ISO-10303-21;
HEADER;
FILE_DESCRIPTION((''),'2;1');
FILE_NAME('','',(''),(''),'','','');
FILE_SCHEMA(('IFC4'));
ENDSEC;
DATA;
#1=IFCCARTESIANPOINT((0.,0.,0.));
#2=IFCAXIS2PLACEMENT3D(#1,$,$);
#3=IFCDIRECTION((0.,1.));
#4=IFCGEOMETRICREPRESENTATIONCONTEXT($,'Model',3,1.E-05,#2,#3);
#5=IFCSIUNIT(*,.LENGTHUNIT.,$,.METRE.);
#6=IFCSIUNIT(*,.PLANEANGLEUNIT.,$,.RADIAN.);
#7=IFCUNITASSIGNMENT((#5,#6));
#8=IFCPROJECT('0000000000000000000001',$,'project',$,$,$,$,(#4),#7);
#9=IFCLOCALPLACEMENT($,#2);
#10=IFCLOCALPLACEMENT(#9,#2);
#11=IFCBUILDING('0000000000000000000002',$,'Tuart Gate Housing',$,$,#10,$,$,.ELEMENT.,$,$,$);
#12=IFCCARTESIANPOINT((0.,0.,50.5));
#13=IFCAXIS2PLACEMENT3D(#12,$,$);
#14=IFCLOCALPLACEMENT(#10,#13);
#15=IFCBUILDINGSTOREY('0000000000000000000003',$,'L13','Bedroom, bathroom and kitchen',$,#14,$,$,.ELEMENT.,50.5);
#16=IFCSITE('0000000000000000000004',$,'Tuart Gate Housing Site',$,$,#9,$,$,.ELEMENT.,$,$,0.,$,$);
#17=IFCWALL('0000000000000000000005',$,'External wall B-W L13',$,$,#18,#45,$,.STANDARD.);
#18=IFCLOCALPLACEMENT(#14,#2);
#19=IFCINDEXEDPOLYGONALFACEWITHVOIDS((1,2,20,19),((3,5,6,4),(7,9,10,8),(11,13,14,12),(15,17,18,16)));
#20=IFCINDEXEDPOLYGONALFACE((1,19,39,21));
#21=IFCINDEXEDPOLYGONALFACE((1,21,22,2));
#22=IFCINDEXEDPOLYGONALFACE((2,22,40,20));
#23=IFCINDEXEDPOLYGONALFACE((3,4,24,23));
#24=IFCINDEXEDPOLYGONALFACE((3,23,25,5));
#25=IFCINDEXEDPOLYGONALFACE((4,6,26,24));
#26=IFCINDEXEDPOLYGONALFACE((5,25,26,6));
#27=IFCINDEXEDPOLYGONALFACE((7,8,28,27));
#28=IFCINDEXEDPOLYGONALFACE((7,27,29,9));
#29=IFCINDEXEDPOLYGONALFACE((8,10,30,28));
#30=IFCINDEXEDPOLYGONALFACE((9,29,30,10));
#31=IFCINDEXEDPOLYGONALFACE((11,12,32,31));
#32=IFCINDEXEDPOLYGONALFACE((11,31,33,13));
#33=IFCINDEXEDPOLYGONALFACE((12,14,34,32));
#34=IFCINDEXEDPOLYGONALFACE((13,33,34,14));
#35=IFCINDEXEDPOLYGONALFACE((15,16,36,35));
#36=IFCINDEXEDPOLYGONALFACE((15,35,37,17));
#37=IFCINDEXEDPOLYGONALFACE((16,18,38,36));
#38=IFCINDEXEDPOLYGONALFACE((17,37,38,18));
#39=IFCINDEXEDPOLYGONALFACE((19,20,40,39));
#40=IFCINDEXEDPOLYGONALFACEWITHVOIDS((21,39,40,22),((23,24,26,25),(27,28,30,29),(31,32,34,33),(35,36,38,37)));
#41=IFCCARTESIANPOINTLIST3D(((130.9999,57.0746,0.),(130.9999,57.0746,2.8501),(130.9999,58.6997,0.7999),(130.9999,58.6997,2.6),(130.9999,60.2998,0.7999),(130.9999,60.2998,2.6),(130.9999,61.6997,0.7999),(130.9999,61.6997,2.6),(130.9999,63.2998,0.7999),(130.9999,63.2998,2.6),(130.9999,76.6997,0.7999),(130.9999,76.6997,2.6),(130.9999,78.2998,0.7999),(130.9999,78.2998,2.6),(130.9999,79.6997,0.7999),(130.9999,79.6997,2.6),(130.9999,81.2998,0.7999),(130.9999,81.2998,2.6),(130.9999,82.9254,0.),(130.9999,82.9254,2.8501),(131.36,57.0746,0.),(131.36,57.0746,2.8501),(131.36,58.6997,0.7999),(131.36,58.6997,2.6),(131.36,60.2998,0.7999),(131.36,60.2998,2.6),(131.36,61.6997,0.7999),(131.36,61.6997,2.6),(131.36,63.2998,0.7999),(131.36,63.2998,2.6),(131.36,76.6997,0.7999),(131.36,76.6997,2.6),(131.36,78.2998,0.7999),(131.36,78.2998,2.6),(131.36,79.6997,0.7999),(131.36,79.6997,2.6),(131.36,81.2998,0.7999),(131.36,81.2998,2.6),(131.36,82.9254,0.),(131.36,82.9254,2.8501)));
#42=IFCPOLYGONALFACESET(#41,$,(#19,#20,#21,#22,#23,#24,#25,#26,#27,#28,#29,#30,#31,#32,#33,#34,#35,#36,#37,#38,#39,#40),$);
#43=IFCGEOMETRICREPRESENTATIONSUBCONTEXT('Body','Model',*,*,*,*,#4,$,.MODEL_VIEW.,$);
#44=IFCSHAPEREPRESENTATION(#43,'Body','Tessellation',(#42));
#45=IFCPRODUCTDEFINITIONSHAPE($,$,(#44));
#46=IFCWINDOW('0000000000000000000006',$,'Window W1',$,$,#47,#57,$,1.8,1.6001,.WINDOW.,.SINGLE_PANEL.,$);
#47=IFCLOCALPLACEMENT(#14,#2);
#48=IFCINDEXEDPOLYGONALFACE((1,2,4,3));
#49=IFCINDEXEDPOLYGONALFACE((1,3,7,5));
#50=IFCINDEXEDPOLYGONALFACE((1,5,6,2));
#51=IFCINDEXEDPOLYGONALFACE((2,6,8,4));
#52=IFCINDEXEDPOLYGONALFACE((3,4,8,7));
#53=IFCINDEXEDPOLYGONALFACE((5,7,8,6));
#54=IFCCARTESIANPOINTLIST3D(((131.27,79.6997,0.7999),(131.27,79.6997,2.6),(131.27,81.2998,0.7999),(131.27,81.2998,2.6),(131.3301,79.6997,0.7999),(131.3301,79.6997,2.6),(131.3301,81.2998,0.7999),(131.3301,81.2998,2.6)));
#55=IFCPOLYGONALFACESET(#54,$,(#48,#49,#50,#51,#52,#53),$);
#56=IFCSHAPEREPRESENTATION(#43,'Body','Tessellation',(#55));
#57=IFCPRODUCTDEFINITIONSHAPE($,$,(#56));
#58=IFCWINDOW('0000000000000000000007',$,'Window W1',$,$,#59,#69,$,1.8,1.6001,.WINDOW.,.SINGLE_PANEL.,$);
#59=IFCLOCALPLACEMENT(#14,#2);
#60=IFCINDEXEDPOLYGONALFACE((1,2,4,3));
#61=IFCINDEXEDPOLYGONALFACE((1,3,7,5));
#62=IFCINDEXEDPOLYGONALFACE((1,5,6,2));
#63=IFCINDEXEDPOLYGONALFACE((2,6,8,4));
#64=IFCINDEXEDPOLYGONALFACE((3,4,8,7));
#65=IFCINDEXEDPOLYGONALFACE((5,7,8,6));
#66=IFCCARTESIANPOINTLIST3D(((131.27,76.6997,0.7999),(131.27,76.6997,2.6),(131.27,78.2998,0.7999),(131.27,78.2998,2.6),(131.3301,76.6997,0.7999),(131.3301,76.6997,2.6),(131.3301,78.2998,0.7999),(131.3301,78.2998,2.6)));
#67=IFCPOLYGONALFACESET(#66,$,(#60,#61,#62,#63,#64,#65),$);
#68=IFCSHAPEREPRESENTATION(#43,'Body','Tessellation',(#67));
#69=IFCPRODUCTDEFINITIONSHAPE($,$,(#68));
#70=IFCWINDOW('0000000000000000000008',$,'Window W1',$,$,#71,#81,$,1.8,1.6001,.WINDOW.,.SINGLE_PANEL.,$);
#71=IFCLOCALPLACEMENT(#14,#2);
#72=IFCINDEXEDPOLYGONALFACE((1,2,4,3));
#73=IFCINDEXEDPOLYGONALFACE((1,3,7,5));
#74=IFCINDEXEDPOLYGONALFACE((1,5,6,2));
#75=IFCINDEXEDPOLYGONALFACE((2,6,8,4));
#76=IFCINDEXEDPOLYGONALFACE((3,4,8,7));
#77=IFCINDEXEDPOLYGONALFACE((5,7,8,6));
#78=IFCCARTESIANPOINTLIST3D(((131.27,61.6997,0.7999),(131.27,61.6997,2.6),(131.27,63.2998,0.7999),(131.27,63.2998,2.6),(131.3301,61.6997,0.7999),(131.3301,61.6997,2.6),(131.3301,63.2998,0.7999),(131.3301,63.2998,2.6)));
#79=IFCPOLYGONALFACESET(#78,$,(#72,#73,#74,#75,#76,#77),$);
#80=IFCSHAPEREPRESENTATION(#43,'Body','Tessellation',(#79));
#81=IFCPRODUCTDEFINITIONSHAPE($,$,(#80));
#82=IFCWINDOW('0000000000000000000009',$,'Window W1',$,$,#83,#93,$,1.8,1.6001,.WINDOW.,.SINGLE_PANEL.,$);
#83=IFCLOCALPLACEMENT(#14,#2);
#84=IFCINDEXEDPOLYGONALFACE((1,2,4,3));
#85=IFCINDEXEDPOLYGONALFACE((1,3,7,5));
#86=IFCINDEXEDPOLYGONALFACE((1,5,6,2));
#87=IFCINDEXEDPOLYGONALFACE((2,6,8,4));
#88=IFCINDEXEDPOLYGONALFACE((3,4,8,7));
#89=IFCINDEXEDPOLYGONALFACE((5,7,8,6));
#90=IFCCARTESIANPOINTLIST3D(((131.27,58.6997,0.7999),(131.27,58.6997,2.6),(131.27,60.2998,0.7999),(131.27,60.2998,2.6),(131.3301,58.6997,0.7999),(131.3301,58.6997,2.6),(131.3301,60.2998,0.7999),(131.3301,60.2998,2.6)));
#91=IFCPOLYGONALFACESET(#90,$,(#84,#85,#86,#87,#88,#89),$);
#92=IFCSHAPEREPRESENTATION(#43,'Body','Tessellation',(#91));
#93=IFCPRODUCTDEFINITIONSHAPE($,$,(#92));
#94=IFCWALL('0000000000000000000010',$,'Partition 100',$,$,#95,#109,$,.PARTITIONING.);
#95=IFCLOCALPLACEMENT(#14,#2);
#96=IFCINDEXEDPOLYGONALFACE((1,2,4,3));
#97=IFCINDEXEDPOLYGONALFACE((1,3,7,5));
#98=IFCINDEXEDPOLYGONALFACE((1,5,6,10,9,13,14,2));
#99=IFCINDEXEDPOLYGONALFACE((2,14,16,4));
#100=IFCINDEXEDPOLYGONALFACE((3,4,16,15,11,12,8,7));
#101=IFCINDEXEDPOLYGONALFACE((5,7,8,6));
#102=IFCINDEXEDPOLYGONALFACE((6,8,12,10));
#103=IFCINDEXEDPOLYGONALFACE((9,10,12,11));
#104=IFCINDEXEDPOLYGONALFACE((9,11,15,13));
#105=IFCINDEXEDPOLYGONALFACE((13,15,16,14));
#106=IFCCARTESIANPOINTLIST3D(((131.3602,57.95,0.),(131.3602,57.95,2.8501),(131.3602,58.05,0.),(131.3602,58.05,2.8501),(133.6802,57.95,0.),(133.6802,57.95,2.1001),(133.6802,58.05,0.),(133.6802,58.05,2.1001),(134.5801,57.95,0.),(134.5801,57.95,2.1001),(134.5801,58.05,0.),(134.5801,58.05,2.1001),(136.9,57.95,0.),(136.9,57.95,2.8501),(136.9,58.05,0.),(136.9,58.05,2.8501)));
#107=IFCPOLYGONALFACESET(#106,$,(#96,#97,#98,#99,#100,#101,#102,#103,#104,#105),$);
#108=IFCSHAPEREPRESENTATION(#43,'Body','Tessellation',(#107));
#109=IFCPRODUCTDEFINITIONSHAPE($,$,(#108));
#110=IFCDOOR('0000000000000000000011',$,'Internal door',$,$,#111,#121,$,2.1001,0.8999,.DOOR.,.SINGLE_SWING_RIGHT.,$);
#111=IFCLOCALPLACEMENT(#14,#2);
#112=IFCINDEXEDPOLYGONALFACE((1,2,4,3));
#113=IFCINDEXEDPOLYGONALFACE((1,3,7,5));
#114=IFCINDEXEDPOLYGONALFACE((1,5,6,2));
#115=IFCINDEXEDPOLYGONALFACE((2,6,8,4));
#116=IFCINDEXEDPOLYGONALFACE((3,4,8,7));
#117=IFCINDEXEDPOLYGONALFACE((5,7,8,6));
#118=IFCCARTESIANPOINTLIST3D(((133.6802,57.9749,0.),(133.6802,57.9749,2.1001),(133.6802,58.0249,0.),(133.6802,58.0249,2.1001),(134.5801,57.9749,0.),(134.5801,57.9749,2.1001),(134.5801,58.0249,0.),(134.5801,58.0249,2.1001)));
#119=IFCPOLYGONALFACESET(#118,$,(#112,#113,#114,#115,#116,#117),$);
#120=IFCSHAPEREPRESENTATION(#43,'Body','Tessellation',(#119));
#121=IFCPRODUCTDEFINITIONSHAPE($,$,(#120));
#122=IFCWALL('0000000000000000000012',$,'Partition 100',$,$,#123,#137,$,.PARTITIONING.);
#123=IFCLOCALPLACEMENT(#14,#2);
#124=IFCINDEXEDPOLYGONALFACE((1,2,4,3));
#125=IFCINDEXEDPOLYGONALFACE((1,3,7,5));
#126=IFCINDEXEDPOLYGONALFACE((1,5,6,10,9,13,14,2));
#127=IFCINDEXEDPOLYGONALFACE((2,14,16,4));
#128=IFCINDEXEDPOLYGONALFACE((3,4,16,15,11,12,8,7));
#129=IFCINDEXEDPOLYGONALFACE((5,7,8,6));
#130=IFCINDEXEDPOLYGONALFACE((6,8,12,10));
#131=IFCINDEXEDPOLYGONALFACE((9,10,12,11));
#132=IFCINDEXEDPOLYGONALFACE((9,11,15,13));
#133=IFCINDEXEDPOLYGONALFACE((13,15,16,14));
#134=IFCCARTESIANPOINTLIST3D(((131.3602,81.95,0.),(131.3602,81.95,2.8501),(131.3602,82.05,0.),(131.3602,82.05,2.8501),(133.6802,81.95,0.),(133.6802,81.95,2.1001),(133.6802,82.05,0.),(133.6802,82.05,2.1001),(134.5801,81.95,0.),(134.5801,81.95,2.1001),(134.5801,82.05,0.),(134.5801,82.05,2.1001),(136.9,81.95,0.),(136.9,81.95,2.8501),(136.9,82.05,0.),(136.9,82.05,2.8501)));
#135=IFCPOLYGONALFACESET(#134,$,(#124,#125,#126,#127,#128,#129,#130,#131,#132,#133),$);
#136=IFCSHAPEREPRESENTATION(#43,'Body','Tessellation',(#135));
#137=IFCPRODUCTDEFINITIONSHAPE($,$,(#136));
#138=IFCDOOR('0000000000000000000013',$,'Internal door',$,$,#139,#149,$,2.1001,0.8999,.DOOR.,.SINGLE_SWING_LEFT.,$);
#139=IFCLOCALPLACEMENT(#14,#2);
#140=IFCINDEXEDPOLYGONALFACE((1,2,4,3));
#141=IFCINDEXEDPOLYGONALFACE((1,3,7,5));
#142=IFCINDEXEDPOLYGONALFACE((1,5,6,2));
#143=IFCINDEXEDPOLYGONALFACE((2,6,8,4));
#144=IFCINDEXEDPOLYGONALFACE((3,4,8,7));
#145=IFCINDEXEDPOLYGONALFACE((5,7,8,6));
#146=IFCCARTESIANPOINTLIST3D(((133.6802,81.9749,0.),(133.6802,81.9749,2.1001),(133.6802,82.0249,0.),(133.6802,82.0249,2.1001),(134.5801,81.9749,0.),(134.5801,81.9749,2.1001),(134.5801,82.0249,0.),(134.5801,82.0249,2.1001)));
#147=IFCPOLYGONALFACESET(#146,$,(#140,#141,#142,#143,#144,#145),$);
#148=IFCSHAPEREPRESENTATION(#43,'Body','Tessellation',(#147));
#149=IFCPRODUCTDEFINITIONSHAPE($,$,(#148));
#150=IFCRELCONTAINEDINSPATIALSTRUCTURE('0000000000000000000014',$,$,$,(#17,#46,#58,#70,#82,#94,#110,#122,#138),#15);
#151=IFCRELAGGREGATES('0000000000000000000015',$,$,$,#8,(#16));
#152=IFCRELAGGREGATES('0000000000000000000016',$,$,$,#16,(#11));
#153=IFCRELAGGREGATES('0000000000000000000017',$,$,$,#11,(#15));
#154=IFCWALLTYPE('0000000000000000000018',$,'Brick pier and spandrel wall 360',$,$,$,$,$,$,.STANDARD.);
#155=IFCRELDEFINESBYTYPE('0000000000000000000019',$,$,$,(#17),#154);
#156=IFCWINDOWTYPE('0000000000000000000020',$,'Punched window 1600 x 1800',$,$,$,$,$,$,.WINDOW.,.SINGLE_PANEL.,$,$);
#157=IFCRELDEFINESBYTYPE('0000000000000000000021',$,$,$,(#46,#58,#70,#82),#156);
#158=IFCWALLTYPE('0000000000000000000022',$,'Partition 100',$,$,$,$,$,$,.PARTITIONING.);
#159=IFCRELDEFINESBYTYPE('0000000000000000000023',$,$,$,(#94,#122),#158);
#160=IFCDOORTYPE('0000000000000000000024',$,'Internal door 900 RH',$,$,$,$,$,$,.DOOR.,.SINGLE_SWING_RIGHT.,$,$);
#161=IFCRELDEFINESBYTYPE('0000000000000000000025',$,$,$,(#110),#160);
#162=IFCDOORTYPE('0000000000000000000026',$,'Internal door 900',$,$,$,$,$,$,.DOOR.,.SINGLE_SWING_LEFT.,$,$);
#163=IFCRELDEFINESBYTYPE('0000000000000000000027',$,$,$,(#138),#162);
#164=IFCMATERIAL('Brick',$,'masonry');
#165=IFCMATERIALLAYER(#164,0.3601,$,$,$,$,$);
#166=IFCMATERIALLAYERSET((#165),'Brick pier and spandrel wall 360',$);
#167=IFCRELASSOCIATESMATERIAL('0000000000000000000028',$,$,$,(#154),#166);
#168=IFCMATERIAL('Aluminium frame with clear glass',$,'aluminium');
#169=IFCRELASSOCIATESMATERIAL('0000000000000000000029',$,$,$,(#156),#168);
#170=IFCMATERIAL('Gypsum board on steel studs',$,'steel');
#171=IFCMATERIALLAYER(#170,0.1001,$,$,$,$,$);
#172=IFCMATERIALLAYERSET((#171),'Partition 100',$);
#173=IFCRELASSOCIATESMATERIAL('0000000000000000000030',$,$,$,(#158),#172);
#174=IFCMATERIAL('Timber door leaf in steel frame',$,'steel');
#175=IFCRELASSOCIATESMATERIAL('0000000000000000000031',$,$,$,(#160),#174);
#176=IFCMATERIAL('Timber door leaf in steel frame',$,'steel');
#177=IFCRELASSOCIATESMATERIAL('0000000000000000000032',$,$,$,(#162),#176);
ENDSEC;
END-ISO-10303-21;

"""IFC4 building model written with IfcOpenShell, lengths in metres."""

from ifc_helpers import new_model, si_unit, direction, frame, frame_2d, origin, place, context, subcontext, project, spatial, rectangle, extrude, material, layer, layer_set, type_object, element, fill, save


model = new_model("IFC4")

# Units and contexts
model_context = context("Model", 3, precision=1e-05, world=origin(), true_north=direction((0.0, 1.0)))
body_context = subcontext(model_context, "Body", "Model", "MODEL_VIEW")
ifc_project = project(units=[si_unit("LENGTHUNIT", "METRE"), si_unit("PLANEANGLEUNIT", "RADIAN")], contexts=[model_context])

# Site, building, storey
site_placement = place(None, origin())
site = spatial("IfcSite", under=ifc_project, at=site_placement, Name="Tuart Gate Housing Site", CompositionType="ELEMENT", RefElevation=0.0)
building_placement = place(site_placement, origin())
building = spatial("IfcBuilding", under=site, at=building_placement, Name="Tuart Gate Housing", CompositionType="ELEMENT")
storey_placement = place(building_placement, frame((0.0, 0.0, 50.5)))
storey = spatial("IfcBuildingStorey", under=building, at=storey_placement, Name="L13", Description="Bedroom, bathroom and kitchen", CompositionType="ELEMENT", Elevation=50.5)

# Shared definitions
ifc_material_1 = material(Name="Brick", Category="masonry")
ifc_layer_1 = layer(ifc_material_1, 0.3601)
ifc_layer_set_1 = layer_set([ifc_layer_1], Name="Brick pier and spandrel wall 360")
wall_type_1 = type_object("IfcWallType", Name="Brick pier and spandrel wall 360", PredefinedType="STANDARD", material=ifc_layer_set_1)
ifc_material_2 = material(Name="Aluminium frame with clear glass", Category="aluminium")
window_type = type_object("IfcWindowType", Name="Punched window 1600 x 1800", PartitioningType="SINGLE_PANEL", PredefinedType="WINDOW", material=ifc_material_2)

# Wall, openings, windows
wall_1_placement = place(storey_placement, frame((131.1799, 82.9253, 0.0), z_axis=(0.0, 0.0, 1.0), x_axis=(0.0, -1.0, 0.0)))
wall_1 = element("IfcWall", 1, at=wall_1_placement, inside=storey, type_object=wall_type_1, Name="External wall B-W L13", PredefinedType="STANDARD", context=body_context, shape_type="SweptSolid", body=[
    extrude(rectangle(XDim=25.8508, YDim=0.3601, at=frame_2d((12.9253, 0.0))), origin(), (0.0, 0.0, 1.0), 2.8501),
])
opening_1_placement = place(wall_1_placement, frame((1.6255, 0.0, 0.8)))
opening_1 = element("IfcOpeningElement", 2, at=opening_1_placement, cuts=wall_1, PredefinedType="OPENING", context=body_context, shape_type="SweptSolid", body=[
    extrude(rectangle(XDim=1.6001, YDim=1.8, at=frame_2d((0.8, 0.8999))), frame((0.0, 0.1899, 0.0), z_axis=(0.0, -1.0, 0.0), x_axis=(1.0, 0.0, 0.0)), (0.0, 0.0, 1.0), 0.3801),
])
opening_2_placement = place(wall_1_placement, frame((4.6255, 0.0, 0.8)))
opening_2 = element("IfcOpeningElement", 3, at=opening_2_placement, cuts=wall_1, PredefinedType="OPENING", context=body_context, shape_type="SweptSolid", body=[
    extrude(rectangle(XDim=1.6001, YDim=1.8, at=frame_2d((0.8, 0.8999))), frame((0.0, 0.1899, 0.0), z_axis=(0.0, -1.0, 0.0), x_axis=(1.0, 0.0, 0.0)), (0.0, 0.0, 1.0), 0.3801),
])
opening_3_placement = place(wall_1_placement, frame((19.6255, 0.0, 0.8)))
opening_3 = element("IfcOpeningElement", 4, at=opening_3_placement, cuts=wall_1, PredefinedType="OPENING", context=body_context, shape_type="SweptSolid", body=[
    extrude(rectangle(XDim=1.6001, YDim=1.8, at=frame_2d((0.8, 0.8999))), frame((0.0, 0.1899, 0.0), z_axis=(0.0, -1.0, 0.0), x_axis=(1.0, 0.0, 0.0)), (0.0, 0.0, 1.0), 0.3801),
])
opening_4_placement = place(wall_1_placement, frame((22.6255, 0.0, 0.8)))
opening_4 = element("IfcOpeningElement", 5, at=opening_4_placement, cuts=wall_1, PredefinedType="OPENING", context=body_context, shape_type="SweptSolid", body=[
    extrude(rectangle(XDim=1.6001, YDim=1.8, at=frame_2d((0.8, 0.8999))), frame((0.0, 0.1899, 0.0), z_axis=(0.0, -1.0, 0.0), x_axis=(1.0, 0.0, 0.0)), (0.0, 0.0, 1.0), 0.3801),
])
window_1_placement = place(opening_1_placement, origin())
window_1 = element("IfcWindow", 6, at=window_1_placement, inside=storey, type_object=window_type, Name="Window W1", OverallHeight=1.8, OverallWidth=1.6001, PartitioningType="SINGLE_PANEL", PredefinedType="WINDOW", context=body_context, shape_type="SweptSolid", body=[
    extrude(rectangle(XDim=1.6001, YDim=1.8, at=frame_2d((0.8, 0.8999))), frame((0.0, 0.1501, 0.0), z_axis=(0.0, -1.0, 0.0), x_axis=(1.0, 0.0, 0.0)), (0.0, 0.0, 1.0), 0.0601),
])
fill(opening_1, window_1)
window_2_placement = place(opening_2_placement, origin())
window_2 = element("IfcWindow", 7, at=window_2_placement, inside=storey, type_object=window_type, Name="Window W1", OverallHeight=1.8, OverallWidth=1.6001, PartitioningType="SINGLE_PANEL", PredefinedType="WINDOW", context=body_context, shape_type="SweptSolid", body=[
    extrude(rectangle(XDim=1.6001, YDim=1.8, at=frame_2d((0.8, 0.8999))), frame((0.0, 0.1501, 0.0), z_axis=(0.0, -1.0, 0.0), x_axis=(1.0, 0.0, 0.0)), (0.0, 0.0, 1.0), 0.0601),
])
fill(opening_2, window_2)
window_3_placement = place(opening_3_placement, origin())
window_3 = element("IfcWindow", 8, at=window_3_placement, inside=storey, type_object=window_type, Name="Window W1", OverallHeight=1.8, OverallWidth=1.6001, PartitioningType="SINGLE_PANEL", PredefinedType="WINDOW", context=body_context, shape_type="SweptSolid", body=[
    extrude(rectangle(XDim=1.6001, YDim=1.8, at=frame_2d((0.8, 0.8999))), frame((0.0, 0.1501, 0.0), z_axis=(0.0, -1.0, 0.0), x_axis=(1.0, 0.0, 0.0)), (0.0, 0.0, 1.0), 0.0601),
])
fill(opening_3, window_3)
window_4_placement = place(opening_4_placement, origin())
window_4 = element("IfcWindow", 9, at=window_4_placement, inside=storey, type_object=window_type, Name="Window W1", OverallHeight=1.8, OverallWidth=1.6001, PartitioningType="SINGLE_PANEL", PredefinedType="WINDOW", context=body_context, shape_type="SweptSolid", body=[
    extrude(rectangle(XDim=1.6001, YDim=1.8, at=frame_2d((0.8, 0.8999))), frame((0.0, 0.1501, 0.0), z_axis=(0.0, -1.0, 0.0), x_axis=(1.0, 0.0, 0.0)), (0.0, 0.0, 1.0), 0.0601),
])
fill(opening_4, window_4)

# Walls, openings, doors
ifc_material_3 = material(Name="Gypsum board on steel studs", Category="steel")
ifc_layer_2 = layer(ifc_material_3, 0.1001)
ifc_layer_set_2 = layer_set([ifc_layer_2], Name="Partition 100")
wall_type_2 = type_object("IfcWallType", Name="Partition 100", PredefinedType="PARTITIONING", material=ifc_layer_set_2)
wall_2_placement = place(storey_placement, frame((131.3601, 58.0, 0.0), z_axis=(0.0, 0.0, 1.0), x_axis=(1.0, 0.0, 0.0)))
wall_2 = element("IfcWall", 10, at=wall_2_placement, inside=storey, type_object=wall_type_2, Name="Partition 100", PredefinedType="PARTITIONING", context=body_context, shape_type="SweptSolid", body=[
    extrude(rectangle(XDim=5.5398, YDim=0.1001, at=frame_2d((2.77, 0.0))), origin(), (0.0, 0.0, 1.0), 2.8501),
])
opening_5_placement = place(wall_2_placement, frame((2.3201, 0.0, 0.0)))
opening_5 = element("IfcOpeningElement", 11, at=opening_5_placement, cuts=wall_2, PredefinedType="OPENING", context=body_context, shape_type="SweptSolid", body=[
    extrude(rectangle(XDim=0.8999, YDim=2.1001, at=frame_2d((0.45, 1.05))), frame((0.0, 0.0601, 0.0), z_axis=(0.0, -1.0, 0.0), x_axis=(1.0, 0.0, 0.0)), (0.0, 0.0, 1.0), 0.1201),
])
ifc_material_4 = material(Name="Timber door leaf in steel frame", Category="steel")
door_type_1 = type_object("IfcDoorType", Name="Internal door 900 RH", OperationType="SINGLE_SWING_RIGHT", PredefinedType="DOOR", material=ifc_material_4)
door_1_placement = place(opening_5_placement, frame((0.8999, 0.0, 0.0), z_axis=(0.0, 0.0, 1.0), x_axis=(-1.0, 0.0, 0.0)))
door_1 = element("IfcDoor", 12, at=door_1_placement, inside=storey, type_object=door_type_1, Name="Internal door", OperationType="SINGLE_SWING_RIGHT", OverallHeight=2.1001, OverallWidth=0.8999, PredefinedType="DOOR", context=body_context, shape_type="SweptSolid", body=[
    extrude(rectangle(XDim=0.8999, YDim=2.1001, at=frame_2d((0.45, 1.05))), frame((0.0, 0.0251, 0.0), z_axis=(0.0, -1.0, 0.0), x_axis=(1.0, 0.0, 0.0)), (0.0, 0.0, 1.0), 0.05),
])
fill(opening_5, door_1)
wall_3_placement = place(storey_placement, frame((131.3601, 82.0, 0.0), z_axis=(0.0, 0.0, 1.0), x_axis=(1.0, 0.0, 0.0)))
wall_3 = element("IfcWall", 13, at=wall_3_placement, inside=storey, type_object=wall_type_2, Name="Partition 100", PredefinedType="PARTITIONING", context=body_context, shape_type="SweptSolid", body=[
    extrude(rectangle(XDim=5.5398, YDim=0.1001, at=frame_2d((2.77, 0.0))), origin(), (0.0, 0.0, 1.0), 2.8501),
])
opening_6_placement = place(wall_3_placement, frame((2.3201, 0.0, 0.0)))
opening_6 = element("IfcOpeningElement", 14, at=opening_6_placement, cuts=wall_3, PredefinedType="OPENING", context=body_context, shape_type="SweptSolid", body=[
    extrude(rectangle(XDim=0.8999, YDim=2.1001, at=frame_2d((0.45, 1.05))), frame((0.0, 0.0601, 0.0), z_axis=(0.0, -1.0, 0.0), x_axis=(1.0, 0.0, 0.0)), (0.0, 0.0, 1.0), 0.1201),
])
ifc_material_5 = material(Name="Timber door leaf in steel frame", Category="steel")
door_type_2 = type_object("IfcDoorType", Name="Internal door 900", OperationType="SINGLE_SWING_LEFT", PredefinedType="DOOR", material=ifc_material_5)
door_2_placement = place(opening_6_placement, origin())
door_2 = element("IfcDoor", 15, at=door_2_placement, inside=storey, type_object=door_type_2, Name="Internal door", OperationType="SINGLE_SWING_LEFT", OverallHeight=2.1001, OverallWidth=0.8999, PredefinedType="DOOR", context=body_context, shape_type="SweptSolid", body=[
    extrude(rectangle(XDim=0.8999, YDim=2.1001, at=frame_2d((0.45, 1.05))), frame((0.0, 0.0249, 0.0), z_axis=(0.0, -1.0, 0.0), x_axis=(1.0, 0.0, 0.0)), (0.0, 0.0, 1.0), 0.05),
])
fill(opening_6, door_2)

save(model, "model.ifc")
